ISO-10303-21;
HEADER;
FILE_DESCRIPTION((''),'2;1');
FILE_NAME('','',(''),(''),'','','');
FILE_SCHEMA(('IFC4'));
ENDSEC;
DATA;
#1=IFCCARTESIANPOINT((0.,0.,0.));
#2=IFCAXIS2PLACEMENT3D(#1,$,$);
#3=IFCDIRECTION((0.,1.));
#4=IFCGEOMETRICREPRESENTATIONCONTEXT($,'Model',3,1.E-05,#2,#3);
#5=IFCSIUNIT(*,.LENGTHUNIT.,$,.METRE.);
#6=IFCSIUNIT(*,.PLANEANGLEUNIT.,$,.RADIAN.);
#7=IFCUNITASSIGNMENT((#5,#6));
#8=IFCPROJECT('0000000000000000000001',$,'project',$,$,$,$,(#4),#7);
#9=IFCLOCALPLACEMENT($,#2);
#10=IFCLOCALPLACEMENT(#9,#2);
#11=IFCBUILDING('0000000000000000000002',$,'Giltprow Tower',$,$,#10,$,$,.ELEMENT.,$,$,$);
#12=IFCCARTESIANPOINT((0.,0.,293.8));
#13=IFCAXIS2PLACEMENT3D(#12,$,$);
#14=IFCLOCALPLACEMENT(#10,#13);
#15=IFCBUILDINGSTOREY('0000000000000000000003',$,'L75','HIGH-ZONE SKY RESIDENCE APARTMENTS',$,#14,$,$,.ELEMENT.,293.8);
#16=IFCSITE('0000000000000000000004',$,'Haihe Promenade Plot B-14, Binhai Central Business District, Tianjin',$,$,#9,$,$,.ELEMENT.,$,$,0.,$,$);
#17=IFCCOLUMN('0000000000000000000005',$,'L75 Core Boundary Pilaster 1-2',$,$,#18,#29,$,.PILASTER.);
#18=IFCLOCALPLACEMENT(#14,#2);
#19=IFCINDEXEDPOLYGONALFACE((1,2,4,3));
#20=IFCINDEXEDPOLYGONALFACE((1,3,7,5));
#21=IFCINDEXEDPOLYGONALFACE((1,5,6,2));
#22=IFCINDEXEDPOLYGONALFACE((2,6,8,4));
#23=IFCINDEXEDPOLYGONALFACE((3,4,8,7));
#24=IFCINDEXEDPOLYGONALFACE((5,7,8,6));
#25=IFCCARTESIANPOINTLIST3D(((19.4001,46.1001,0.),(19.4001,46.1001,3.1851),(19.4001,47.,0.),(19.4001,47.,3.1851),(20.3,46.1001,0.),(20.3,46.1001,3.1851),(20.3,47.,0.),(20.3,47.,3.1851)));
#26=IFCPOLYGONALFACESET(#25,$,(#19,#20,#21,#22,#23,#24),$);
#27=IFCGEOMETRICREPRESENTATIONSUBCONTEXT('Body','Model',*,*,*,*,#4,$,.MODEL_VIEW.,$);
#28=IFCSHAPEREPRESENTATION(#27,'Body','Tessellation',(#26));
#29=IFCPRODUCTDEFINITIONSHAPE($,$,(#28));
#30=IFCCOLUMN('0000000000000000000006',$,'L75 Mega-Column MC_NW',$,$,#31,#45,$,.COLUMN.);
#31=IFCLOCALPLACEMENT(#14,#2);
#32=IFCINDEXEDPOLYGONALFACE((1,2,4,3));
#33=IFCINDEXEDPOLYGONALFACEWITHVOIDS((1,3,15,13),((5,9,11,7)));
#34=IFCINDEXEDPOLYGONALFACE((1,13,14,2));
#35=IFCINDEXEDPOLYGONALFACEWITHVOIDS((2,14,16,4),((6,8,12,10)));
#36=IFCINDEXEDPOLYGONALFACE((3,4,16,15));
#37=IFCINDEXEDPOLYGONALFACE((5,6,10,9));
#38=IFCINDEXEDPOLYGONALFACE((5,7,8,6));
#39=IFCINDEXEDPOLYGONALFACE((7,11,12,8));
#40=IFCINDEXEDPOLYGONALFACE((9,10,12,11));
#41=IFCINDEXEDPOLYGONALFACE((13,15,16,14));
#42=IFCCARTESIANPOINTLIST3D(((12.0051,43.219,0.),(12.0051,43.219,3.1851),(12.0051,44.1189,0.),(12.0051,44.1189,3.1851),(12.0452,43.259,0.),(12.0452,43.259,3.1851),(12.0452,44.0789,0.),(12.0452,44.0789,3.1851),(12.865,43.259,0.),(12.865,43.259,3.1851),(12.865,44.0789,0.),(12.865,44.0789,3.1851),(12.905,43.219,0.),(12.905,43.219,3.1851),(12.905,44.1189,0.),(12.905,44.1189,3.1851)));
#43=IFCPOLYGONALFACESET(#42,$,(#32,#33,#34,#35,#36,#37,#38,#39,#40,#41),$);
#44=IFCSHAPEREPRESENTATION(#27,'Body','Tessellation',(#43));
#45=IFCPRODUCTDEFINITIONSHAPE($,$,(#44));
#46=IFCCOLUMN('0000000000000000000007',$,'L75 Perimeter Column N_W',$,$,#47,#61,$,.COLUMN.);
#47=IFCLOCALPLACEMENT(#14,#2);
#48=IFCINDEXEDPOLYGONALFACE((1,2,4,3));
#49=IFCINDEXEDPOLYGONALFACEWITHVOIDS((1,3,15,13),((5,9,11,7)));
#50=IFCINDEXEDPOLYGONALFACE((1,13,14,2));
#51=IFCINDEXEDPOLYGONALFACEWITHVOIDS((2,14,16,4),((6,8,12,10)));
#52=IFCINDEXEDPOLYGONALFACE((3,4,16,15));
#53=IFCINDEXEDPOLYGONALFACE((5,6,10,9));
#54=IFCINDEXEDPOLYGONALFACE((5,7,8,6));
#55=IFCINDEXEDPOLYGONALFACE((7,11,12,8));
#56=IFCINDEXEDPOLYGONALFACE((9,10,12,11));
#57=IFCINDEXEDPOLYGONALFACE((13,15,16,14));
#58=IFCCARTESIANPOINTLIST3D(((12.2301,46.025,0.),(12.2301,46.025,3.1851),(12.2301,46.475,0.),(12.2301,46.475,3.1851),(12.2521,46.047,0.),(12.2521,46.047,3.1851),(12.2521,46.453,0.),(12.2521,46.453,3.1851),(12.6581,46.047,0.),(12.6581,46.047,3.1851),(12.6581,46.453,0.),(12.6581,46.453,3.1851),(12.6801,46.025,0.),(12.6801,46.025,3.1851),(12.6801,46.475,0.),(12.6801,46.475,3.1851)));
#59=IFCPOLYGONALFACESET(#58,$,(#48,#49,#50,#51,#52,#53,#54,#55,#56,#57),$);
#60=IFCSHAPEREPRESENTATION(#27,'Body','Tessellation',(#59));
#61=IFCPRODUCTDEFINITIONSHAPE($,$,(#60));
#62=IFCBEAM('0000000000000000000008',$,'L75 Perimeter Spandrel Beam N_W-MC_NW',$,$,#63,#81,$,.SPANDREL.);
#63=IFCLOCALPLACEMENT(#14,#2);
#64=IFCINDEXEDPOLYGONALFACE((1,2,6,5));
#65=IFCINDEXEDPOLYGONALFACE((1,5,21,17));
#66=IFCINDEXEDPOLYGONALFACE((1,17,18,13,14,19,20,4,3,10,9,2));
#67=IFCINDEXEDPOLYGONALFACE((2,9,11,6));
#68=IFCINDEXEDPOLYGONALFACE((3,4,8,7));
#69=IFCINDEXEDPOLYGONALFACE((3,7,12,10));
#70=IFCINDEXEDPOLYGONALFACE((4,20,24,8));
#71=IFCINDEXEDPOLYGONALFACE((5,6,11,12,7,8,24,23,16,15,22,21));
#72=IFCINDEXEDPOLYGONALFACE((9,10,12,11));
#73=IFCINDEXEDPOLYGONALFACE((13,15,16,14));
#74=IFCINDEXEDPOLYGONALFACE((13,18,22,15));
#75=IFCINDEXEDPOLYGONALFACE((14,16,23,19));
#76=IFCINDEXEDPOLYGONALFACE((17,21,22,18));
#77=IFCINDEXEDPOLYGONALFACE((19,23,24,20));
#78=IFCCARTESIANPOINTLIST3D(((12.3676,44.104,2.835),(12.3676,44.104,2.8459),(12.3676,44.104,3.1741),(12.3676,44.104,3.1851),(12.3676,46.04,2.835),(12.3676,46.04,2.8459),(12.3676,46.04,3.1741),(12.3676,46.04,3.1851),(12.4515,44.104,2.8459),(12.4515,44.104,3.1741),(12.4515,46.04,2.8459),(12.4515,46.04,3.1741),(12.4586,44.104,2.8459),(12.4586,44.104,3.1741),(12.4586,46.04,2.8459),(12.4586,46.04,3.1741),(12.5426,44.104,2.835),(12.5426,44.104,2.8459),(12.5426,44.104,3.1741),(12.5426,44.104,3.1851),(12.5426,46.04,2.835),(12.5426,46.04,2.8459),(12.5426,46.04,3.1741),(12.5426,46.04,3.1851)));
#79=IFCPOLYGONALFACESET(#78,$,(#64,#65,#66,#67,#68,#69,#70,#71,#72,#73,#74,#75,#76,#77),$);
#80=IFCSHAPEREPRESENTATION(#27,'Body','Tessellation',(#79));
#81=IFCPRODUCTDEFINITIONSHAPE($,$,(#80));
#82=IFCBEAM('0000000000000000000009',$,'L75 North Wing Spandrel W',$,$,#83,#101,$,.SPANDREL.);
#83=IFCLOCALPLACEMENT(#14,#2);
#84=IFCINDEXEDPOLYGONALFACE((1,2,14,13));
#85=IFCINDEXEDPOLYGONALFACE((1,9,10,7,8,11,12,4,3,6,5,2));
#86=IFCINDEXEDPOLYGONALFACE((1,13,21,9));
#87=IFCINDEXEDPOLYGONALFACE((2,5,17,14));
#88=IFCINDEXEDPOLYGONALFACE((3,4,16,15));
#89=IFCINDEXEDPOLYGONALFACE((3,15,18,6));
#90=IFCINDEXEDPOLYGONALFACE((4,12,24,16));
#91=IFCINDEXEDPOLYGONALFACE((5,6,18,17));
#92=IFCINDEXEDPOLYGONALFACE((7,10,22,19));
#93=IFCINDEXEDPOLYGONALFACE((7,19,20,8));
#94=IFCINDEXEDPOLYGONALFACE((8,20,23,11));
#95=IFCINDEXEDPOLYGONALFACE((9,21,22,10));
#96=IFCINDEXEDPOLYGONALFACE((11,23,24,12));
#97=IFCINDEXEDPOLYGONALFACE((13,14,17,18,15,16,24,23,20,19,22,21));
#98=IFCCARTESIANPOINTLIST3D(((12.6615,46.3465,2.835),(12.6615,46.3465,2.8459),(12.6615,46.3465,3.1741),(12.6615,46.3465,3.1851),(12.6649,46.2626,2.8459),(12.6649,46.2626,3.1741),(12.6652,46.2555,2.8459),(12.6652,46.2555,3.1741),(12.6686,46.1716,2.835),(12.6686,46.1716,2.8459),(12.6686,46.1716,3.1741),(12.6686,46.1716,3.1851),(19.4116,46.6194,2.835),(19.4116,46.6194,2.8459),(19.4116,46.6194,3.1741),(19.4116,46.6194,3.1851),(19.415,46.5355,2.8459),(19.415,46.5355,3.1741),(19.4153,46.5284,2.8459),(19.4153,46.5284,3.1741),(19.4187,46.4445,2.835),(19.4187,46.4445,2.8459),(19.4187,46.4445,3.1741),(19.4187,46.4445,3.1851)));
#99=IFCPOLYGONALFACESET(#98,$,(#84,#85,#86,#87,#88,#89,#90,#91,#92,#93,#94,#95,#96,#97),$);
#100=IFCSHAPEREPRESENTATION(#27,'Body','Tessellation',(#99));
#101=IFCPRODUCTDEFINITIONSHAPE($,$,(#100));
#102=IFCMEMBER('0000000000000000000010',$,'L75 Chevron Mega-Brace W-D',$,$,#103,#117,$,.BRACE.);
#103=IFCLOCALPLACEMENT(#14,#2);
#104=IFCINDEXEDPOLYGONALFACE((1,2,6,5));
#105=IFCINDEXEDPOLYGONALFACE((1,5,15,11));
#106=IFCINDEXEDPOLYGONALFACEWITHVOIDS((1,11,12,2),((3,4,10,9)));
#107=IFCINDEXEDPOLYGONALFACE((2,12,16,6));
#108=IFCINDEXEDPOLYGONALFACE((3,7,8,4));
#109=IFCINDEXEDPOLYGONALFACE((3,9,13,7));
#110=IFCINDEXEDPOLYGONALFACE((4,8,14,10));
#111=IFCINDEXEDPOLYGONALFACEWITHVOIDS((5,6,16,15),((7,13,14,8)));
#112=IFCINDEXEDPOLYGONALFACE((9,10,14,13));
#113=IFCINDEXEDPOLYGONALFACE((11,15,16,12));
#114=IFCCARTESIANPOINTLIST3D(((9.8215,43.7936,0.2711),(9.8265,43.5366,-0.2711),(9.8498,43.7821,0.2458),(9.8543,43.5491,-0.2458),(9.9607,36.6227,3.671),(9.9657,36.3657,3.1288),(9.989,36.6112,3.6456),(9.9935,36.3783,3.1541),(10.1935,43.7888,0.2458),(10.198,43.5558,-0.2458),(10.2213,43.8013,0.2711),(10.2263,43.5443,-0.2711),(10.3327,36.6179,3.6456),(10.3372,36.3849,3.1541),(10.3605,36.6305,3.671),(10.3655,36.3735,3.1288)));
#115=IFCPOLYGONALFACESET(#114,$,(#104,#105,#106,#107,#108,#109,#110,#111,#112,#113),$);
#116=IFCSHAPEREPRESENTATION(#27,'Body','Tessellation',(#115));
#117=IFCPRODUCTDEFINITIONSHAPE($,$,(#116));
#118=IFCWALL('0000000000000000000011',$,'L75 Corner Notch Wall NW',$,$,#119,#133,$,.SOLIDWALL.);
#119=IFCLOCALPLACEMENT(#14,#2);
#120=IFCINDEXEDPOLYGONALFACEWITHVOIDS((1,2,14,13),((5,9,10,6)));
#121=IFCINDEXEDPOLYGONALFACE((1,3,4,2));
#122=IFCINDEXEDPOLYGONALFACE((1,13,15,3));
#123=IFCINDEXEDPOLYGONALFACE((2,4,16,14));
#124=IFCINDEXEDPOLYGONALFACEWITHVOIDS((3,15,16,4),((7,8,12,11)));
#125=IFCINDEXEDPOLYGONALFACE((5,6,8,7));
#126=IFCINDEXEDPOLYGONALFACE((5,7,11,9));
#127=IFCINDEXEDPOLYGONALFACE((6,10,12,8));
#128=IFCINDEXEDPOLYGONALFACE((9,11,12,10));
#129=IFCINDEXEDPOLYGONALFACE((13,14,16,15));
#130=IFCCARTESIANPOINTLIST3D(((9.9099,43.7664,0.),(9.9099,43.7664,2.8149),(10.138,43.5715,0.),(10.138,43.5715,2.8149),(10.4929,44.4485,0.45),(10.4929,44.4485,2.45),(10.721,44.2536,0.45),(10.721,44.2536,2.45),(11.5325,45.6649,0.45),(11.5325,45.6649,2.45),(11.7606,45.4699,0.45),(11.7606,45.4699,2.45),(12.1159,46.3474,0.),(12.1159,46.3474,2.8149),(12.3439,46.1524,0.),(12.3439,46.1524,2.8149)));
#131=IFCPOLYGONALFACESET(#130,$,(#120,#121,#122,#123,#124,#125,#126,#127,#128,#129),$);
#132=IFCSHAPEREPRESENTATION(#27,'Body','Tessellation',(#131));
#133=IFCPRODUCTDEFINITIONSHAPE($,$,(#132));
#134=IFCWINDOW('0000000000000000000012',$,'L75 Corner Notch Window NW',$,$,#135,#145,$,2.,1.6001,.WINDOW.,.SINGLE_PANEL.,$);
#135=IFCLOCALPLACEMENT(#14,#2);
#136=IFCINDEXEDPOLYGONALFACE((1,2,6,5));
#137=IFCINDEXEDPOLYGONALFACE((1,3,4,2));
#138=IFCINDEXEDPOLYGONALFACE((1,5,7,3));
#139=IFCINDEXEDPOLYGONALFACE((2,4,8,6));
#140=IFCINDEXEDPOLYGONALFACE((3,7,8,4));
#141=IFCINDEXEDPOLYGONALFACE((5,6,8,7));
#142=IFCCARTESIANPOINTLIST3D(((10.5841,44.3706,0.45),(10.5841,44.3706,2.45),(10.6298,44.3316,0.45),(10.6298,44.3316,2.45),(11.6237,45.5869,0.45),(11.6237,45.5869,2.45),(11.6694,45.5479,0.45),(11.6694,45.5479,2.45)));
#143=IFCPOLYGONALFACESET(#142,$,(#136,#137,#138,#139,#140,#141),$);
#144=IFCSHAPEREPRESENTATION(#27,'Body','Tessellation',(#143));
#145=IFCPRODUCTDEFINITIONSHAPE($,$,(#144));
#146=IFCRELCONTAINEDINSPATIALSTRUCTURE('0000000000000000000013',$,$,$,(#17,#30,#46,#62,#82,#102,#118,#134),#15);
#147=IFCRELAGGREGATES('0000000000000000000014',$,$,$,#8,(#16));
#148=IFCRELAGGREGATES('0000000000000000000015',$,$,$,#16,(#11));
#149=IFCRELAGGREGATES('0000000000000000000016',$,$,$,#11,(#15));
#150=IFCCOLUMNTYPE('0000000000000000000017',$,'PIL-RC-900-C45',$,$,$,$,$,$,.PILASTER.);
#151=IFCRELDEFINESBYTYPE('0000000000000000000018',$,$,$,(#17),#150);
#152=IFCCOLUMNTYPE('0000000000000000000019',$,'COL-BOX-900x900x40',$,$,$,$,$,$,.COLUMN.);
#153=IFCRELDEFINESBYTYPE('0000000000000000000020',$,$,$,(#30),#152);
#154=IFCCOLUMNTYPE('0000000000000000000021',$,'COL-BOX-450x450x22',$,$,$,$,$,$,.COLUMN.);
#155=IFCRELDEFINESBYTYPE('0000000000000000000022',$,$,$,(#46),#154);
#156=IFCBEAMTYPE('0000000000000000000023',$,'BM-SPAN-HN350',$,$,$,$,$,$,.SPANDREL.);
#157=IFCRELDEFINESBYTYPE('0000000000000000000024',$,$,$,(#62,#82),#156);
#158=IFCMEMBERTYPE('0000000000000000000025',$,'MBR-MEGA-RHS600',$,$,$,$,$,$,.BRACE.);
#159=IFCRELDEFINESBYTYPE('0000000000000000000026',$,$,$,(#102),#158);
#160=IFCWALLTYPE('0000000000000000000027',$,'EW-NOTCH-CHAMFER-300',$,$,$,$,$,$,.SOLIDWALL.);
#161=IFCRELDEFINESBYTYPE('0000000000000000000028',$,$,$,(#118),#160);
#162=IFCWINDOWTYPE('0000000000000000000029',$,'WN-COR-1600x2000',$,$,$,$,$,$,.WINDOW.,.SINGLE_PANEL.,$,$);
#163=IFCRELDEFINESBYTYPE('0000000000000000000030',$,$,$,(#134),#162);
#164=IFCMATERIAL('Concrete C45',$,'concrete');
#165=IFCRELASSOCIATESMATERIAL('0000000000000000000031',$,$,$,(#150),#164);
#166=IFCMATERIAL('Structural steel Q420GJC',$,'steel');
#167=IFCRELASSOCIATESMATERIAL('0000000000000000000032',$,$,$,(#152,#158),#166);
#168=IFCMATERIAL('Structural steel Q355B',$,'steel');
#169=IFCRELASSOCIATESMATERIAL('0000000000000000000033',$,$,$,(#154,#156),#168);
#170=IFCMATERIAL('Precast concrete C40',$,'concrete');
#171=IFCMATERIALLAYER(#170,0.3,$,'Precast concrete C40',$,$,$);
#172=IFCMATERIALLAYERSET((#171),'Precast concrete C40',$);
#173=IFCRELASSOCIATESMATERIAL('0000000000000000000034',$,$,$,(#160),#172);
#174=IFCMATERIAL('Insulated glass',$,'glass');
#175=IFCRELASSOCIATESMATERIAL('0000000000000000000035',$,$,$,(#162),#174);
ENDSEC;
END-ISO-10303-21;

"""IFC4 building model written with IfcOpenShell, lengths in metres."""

from ifc_helpers import new_model, si_unit, direction, frame, frame_2d, origin, origin_2d, place, context, subcontext, project, spatial, rectangle, hollow_rectangle, i_section, extrude, source, transform, mapped, material, layer, layer_set, material_profile, profile_set, type_object, element, fill, save


model = new_model("IFC4")

# Units and contexts
model_context = context("Model", 3, precision=1e-05, world=origin(), true_north=direction((0.0, 1.0)))
body_context = subcontext(model_context, "Body", "Model", "MODEL_VIEW")
ifc_project = project(units=[si_unit("LENGTHUNIT", "METRE"), si_unit("PLANEANGLEUNIT", "RADIAN")], contexts=[model_context])

# Site, building, storey
site_placement = place(None, origin())
site = spatial("IfcSite", under=ifc_project, at=site_placement, Name="Haihe Promenade Plot B-14, Binhai Central Business District, Tianjin", CompositionType="ELEMENT", RefElevation=0.0)
building_placement = place(site_placement, origin())
building = spatial("IfcBuilding", under=site, at=building_placement, Name="Giltprow Tower", CompositionType="ELEMENT")
storey_placement = place(building_placement, frame((0.0, 0.0, 293.8)))
storey = spatial("IfcBuildingStorey", under=building, at=storey_placement, Name="L75", Description="HIGH-ZONE SKY RESIDENCE APARTMENTS", CompositionType="ELEMENT", Elevation=293.8)

# Columns
ifc_material_1 = material(Name="Concrete C45", Category="concrete")
ifc_material_profile_1 = material_profile(ifc_material_1, rectangle(XDim=0.8999, YDim=0.8999, at=origin_2d()), Name="RC 900x900")
ifc_profile_set_1 = profile_set([ifc_material_profile_1], Name="Concrete C45")
column_type_1 = type_object("IfcColumnType", Name="PIL-RC-900-C45", PredefinedType="PILASTER", material=ifc_profile_set_1)
shared_shape_1 = source(origin(), body_context, "Body", "SweptSolid", [
    extrude(rectangle(XDim=0.8999, YDim=0.8999, at=origin_2d()), origin(), (0.0, 0.0, 1.0), 3.1851),
])
column_1_placement = place(storey_placement, frame((19.8501, 46.55, 0.0), z_axis=(0.0, 0.0, 1.0), x_axis=(1.0, 0.0, 0.0)))
element("IfcColumn", 1, at=column_1_placement, inside=storey, type_object=column_type_1, Name="L75 Core Boundary Pilaster 1-2", PredefinedType="PILASTER", context=body_context, shape_type="MappedRepresentation", body=[
    mapped(shared_shape_1, transform((0.0, 0.0, 0.0), x_axis=(1.0, 0.0, 0.0), y_axis=(0.0, 1.0, 0.0), z_axis=(0.0, 0.0, 1.0), scale=1.0)),
])
ifc_material_2 = material(Name="Structural steel Q420GJC", Category="steel")
ifc_material_profile_2 = material_profile(ifc_material_2, hollow_rectangle(XDim=0.8999, YDim=0.8999, WallThickness=0.04, at=origin_2d()), Name="BOX 900x900x40")
ifc_profile_set_2 = profile_set([ifc_material_profile_2], Name="Structural steel Q420GJC")
column_type_2 = type_object("IfcColumnType", Name="COL-BOX-900x900x40", PredefinedType="COLUMN", material=ifc_profile_set_2)
shared_shape_2 = source(origin(), body_context, "Body", "SweptSolid", [
    extrude(hollow_rectangle(XDim=0.8999, YDim=0.8999, WallThickness=0.04, at=origin_2d()), origin(), (0.0, 0.0, 1.0), 3.1851),
])
column_2_placement = place(storey_placement, frame((12.4551, 43.6689, 0.0), z_axis=(0.0, 0.0, 1.0), x_axis=(1.0, 0.0, 0.0)))
element("IfcColumn", 2, at=column_2_placement, inside=storey, type_object=column_type_2, Name="L75 Mega-Column MC_NW", PredefinedType="COLUMN", context=body_context, shape_type="MappedRepresentation", body=[
    mapped(shared_shape_2, transform((0.0, 0.0, 0.0), x_axis=(1.0, 0.0, 0.0), y_axis=(0.0, 1.0, 0.0), z_axis=(0.0, 0.0, 1.0), scale=1.0)),
])
ifc_material_3 = material(Name="Structural steel Q355B", Category="steel")
ifc_material_profile_3 = material_profile(ifc_material_3, hollow_rectangle(XDim=0.45, YDim=0.45, WallThickness=0.022, at=origin_2d()), Name="BOX 450x450x22")
ifc_profile_set_3 = profile_set([ifc_material_profile_3], Name="Structural steel Q355B")
column_type_3 = type_object("IfcColumnType", Name="COL-BOX-450x450x22", PredefinedType="COLUMN", material=ifc_profile_set_3)
shared_shape_3 = source(origin(), body_context, "Body", "SweptSolid", [
    extrude(hollow_rectangle(XDim=0.45, YDim=0.45, WallThickness=0.022, at=origin_2d()), origin(), (0.0, 0.0, 1.0), 3.1851),
])
column_3_placement = place(storey_placement, frame((12.4551, 46.25, 0.0), z_axis=(0.0, 0.0, 1.0), x_axis=(1.0, 0.0, 0.0)))
element("IfcColumn", 3, at=column_3_placement, inside=storey, type_object=column_type_3, Name="L75 Perimeter Column N_W", PredefinedType="COLUMN", context=body_context, shape_type="MappedRepresentation", body=[
    mapped(shared_shape_3, transform((0.0, 0.0, 0.0), x_axis=(1.0, 0.0, 0.0), y_axis=(0.0, 1.0, 0.0), z_axis=(0.0, 0.0, 1.0), scale=1.0)),
])

# Beams
ifc_material_profile_4 = material_profile(ifc_material_3, i_section(OverallWidth=0.175, OverallDepth=0.3501, WebThickness=0.0071, FlangeThickness=0.011, at=origin_2d()), Name="HN 350x175x7x11")
ifc_profile_set_4 = profile_set([ifc_material_profile_4], Name="Structural steel Q355B")
beam_type = type_object("IfcBeamType", Name="BM-SPAN-HN350", PredefinedType="SPANDREL", material=ifc_profile_set_4)
shared_shape_4 = source(origin(), body_context, "Body", "SweptSolid", [
    extrude(i_section(OverallWidth=0.175, OverallDepth=0.3501, WebThickness=0.0071, FlangeThickness=0.011, at=origin_2d()), origin(), (0.0, 0.0, 1.0), 1.936),
])
beam_1_placement = place(storey_placement, frame((12.4551, 46.04, 3.01), z_axis=(0.0, -1.0, 0.0), x_axis=(1.0, 0.0, 0.0)))
element("IfcBeam", 4, at=beam_1_placement, inside=storey, type_object=beam_type, Name="L75 Perimeter Spandrel Beam N_W-MC_NW", PredefinedType="SPANDREL", context=body_context, shape_type="MappedRepresentation", body=[
    mapped(shared_shape_4, transform((0.0, 0.0, 0.0), x_axis=(1.0, 0.0, 0.0), y_axis=(0.0, 1.0, 0.0), z_axis=(0.0, 0.0, 1.0), scale=1.0)),
])
shared_shape_5 = source(origin(), body_context, "Body", "SweptSolid", [
    extrude(i_section(OverallWidth=0.175, OverallDepth=0.3501, WebThickness=0.0071, FlangeThickness=0.011, at=origin_2d()), origin(), (0.0, 0.0, 1.0), 6.7556),
])
beam_2_placement = place(storey_placement, frame((12.665, 46.259, 3.01), z_axis=(0.999183, 0.040404, 0.0), x_axis=(-0.040404, 0.999183, 0.0)))
element("IfcBeam", 5, at=beam_2_placement, inside=storey, type_object=beam_type, Name="L75 North Wing Spandrel W", PredefinedType="SPANDREL", context=body_context, shape_type="MappedRepresentation", body=[
    mapped(shared_shape_5, transform((0.0, 0.0, 0.0), x_axis=(1.0, 0.0, 0.0), y_axis=(0.0, 1.0, 0.0), z_axis=(0.0, 0.0, 1.0), scale=1.0)),
])

# Member
ifc_material_profile_5 = material_profile(ifc_material_2, hollow_rectangle(XDim=0.3999, YDim=0.6001, WallThickness=0.0281, at=origin_2d()), Name="RHS 600x400x28")
ifc_profile_set_5 = profile_set([ifc_material_profile_5], Name="Structural steel Q420GJC")
member_type = type_object("IfcMemberType", Name="MBR-MEGA-RHS600", PredefinedType="BRACE", material=ifc_profile_set_5)
shared_shape_6 = source(origin(), body_context, "Body", "SweptSolid", [
    extrude(hollow_rectangle(XDim=0.3999, YDim=0.6001, WallThickness=0.0281, at=origin_2d()), origin(), (0.0, 0.0, 1.0), 7.9373),
])
member_placement = place(storey_placement, frame((10.0239, 43.6689, 0.0), z_axis=(0.017532, -0.903445, 0.428346), x_axis=(0.999812, 0.019403, 0.0)))
element("IfcMember", 6, at=member_placement, inside=storey, type_object=member_type, Name="L75 Chevron Mega-Brace W-D", PredefinedType="BRACE", context=body_context, shape_type="MappedRepresentation", body=[
    mapped(shared_shape_6, transform((0.0, 0.0, 0.0), x_axis=(1.0, 0.0, 0.0), y_axis=(0.0, 1.0, 0.0), z_axis=(0.0, 0.0, 1.0), scale=1.0)),
])

# Wall, opening, window
ifc_material_4 = material(Name="Precast concrete C40", Category="concrete")
ifc_layer_1 = layer(ifc_material_4, 0.3, Name="Precast concrete C40")
ifc_layer_set_1 = layer_set([ifc_layer_1], Name="Precast concrete C40")
wall_type_1 = type_object("IfcWallType", Name="EW-NOTCH-CHAMFER-300", PredefinedType="SOLIDWALL", material=ifc_layer_set_1)
wall_1_placement = place(storey_placement, frame((12.23, 46.25, 0.0), z_axis=(0.0, 0.0, 1.0), x_axis=(-0.649725, -0.760169, 0.0)))
wall_1 = element("IfcWall", 7, at=wall_1_placement, inside=storey, type_object=wall_type_1, Name="L75 Corner Notch Wall NW", PredefinedType="SOLIDWALL", context=body_context, shape_type="SweptSolid", body=[
    extrude(rectangle(XDim=3.3953, YDim=0.3, at=frame_2d((1.6978, 0.0))), origin(), (0.0, 0.0, 1.0), 2.8149),
])
opening_1_placement = place(wall_1_placement, frame((0.8979, 0.0, 0.45)))
opening_1 = element("IfcOpeningElement", 8, at=opening_1_placement, cuts=wall_1, PredefinedType="OPENING", context=body_context, shape_type="SweptSolid", body=[
    extrude(rectangle(XDim=1.6001, YDim=2.0, at=frame_2d((0.8, 1.0))), frame((0.0, 0.1599, 0.0), z_axis=(0.0, -1.0, 0.0), x_axis=(1.0, 0.0, 0.0)), (0.0, 0.0, 1.0), 0.3201),
])
ifc_material_5 = material(Name="Insulated glass", Category="glass")
window_type = type_object("IfcWindowType", Name="WN-COR-1600x2000", PartitioningType="SINGLE_PANEL", PredefinedType="WINDOW", material=ifc_material_5)
shared_shape_7 = source(origin(), body_context, "Body", "SweptSolid", [
    extrude(rectangle(XDim=1.6001, YDim=2.0, at=frame_2d((0.8, 1.0))), frame((0.0, 0.03, 0.0), z_axis=(0.0, -1.0, 0.0), x_axis=(1.0, 0.0, 0.0)), (0.0, 0.0, 1.0), 0.0601),
])
window_1_placement = place(opening_1_placement, origin())
window_1 = element("IfcWindow", 9, at=window_1_placement, inside=storey, type_object=window_type, Name="L75 Corner Notch Window NW", OverallHeight=2.0, OverallWidth=1.6001, PartitioningType="SINGLE_PANEL", PredefinedType="WINDOW", context=body_context, shape_type="MappedRepresentation", body=[
    mapped(shared_shape_7, transform((0.0, 0.0, 0.0), x_axis=(1.0, 0.0, 0.0), y_axis=(0.0, 1.0, 0.0), z_axis=(0.0, 0.0, 1.0), scale=1.0)),
])
fill(opening_1, window_1)

save(model, "model.ifc")
